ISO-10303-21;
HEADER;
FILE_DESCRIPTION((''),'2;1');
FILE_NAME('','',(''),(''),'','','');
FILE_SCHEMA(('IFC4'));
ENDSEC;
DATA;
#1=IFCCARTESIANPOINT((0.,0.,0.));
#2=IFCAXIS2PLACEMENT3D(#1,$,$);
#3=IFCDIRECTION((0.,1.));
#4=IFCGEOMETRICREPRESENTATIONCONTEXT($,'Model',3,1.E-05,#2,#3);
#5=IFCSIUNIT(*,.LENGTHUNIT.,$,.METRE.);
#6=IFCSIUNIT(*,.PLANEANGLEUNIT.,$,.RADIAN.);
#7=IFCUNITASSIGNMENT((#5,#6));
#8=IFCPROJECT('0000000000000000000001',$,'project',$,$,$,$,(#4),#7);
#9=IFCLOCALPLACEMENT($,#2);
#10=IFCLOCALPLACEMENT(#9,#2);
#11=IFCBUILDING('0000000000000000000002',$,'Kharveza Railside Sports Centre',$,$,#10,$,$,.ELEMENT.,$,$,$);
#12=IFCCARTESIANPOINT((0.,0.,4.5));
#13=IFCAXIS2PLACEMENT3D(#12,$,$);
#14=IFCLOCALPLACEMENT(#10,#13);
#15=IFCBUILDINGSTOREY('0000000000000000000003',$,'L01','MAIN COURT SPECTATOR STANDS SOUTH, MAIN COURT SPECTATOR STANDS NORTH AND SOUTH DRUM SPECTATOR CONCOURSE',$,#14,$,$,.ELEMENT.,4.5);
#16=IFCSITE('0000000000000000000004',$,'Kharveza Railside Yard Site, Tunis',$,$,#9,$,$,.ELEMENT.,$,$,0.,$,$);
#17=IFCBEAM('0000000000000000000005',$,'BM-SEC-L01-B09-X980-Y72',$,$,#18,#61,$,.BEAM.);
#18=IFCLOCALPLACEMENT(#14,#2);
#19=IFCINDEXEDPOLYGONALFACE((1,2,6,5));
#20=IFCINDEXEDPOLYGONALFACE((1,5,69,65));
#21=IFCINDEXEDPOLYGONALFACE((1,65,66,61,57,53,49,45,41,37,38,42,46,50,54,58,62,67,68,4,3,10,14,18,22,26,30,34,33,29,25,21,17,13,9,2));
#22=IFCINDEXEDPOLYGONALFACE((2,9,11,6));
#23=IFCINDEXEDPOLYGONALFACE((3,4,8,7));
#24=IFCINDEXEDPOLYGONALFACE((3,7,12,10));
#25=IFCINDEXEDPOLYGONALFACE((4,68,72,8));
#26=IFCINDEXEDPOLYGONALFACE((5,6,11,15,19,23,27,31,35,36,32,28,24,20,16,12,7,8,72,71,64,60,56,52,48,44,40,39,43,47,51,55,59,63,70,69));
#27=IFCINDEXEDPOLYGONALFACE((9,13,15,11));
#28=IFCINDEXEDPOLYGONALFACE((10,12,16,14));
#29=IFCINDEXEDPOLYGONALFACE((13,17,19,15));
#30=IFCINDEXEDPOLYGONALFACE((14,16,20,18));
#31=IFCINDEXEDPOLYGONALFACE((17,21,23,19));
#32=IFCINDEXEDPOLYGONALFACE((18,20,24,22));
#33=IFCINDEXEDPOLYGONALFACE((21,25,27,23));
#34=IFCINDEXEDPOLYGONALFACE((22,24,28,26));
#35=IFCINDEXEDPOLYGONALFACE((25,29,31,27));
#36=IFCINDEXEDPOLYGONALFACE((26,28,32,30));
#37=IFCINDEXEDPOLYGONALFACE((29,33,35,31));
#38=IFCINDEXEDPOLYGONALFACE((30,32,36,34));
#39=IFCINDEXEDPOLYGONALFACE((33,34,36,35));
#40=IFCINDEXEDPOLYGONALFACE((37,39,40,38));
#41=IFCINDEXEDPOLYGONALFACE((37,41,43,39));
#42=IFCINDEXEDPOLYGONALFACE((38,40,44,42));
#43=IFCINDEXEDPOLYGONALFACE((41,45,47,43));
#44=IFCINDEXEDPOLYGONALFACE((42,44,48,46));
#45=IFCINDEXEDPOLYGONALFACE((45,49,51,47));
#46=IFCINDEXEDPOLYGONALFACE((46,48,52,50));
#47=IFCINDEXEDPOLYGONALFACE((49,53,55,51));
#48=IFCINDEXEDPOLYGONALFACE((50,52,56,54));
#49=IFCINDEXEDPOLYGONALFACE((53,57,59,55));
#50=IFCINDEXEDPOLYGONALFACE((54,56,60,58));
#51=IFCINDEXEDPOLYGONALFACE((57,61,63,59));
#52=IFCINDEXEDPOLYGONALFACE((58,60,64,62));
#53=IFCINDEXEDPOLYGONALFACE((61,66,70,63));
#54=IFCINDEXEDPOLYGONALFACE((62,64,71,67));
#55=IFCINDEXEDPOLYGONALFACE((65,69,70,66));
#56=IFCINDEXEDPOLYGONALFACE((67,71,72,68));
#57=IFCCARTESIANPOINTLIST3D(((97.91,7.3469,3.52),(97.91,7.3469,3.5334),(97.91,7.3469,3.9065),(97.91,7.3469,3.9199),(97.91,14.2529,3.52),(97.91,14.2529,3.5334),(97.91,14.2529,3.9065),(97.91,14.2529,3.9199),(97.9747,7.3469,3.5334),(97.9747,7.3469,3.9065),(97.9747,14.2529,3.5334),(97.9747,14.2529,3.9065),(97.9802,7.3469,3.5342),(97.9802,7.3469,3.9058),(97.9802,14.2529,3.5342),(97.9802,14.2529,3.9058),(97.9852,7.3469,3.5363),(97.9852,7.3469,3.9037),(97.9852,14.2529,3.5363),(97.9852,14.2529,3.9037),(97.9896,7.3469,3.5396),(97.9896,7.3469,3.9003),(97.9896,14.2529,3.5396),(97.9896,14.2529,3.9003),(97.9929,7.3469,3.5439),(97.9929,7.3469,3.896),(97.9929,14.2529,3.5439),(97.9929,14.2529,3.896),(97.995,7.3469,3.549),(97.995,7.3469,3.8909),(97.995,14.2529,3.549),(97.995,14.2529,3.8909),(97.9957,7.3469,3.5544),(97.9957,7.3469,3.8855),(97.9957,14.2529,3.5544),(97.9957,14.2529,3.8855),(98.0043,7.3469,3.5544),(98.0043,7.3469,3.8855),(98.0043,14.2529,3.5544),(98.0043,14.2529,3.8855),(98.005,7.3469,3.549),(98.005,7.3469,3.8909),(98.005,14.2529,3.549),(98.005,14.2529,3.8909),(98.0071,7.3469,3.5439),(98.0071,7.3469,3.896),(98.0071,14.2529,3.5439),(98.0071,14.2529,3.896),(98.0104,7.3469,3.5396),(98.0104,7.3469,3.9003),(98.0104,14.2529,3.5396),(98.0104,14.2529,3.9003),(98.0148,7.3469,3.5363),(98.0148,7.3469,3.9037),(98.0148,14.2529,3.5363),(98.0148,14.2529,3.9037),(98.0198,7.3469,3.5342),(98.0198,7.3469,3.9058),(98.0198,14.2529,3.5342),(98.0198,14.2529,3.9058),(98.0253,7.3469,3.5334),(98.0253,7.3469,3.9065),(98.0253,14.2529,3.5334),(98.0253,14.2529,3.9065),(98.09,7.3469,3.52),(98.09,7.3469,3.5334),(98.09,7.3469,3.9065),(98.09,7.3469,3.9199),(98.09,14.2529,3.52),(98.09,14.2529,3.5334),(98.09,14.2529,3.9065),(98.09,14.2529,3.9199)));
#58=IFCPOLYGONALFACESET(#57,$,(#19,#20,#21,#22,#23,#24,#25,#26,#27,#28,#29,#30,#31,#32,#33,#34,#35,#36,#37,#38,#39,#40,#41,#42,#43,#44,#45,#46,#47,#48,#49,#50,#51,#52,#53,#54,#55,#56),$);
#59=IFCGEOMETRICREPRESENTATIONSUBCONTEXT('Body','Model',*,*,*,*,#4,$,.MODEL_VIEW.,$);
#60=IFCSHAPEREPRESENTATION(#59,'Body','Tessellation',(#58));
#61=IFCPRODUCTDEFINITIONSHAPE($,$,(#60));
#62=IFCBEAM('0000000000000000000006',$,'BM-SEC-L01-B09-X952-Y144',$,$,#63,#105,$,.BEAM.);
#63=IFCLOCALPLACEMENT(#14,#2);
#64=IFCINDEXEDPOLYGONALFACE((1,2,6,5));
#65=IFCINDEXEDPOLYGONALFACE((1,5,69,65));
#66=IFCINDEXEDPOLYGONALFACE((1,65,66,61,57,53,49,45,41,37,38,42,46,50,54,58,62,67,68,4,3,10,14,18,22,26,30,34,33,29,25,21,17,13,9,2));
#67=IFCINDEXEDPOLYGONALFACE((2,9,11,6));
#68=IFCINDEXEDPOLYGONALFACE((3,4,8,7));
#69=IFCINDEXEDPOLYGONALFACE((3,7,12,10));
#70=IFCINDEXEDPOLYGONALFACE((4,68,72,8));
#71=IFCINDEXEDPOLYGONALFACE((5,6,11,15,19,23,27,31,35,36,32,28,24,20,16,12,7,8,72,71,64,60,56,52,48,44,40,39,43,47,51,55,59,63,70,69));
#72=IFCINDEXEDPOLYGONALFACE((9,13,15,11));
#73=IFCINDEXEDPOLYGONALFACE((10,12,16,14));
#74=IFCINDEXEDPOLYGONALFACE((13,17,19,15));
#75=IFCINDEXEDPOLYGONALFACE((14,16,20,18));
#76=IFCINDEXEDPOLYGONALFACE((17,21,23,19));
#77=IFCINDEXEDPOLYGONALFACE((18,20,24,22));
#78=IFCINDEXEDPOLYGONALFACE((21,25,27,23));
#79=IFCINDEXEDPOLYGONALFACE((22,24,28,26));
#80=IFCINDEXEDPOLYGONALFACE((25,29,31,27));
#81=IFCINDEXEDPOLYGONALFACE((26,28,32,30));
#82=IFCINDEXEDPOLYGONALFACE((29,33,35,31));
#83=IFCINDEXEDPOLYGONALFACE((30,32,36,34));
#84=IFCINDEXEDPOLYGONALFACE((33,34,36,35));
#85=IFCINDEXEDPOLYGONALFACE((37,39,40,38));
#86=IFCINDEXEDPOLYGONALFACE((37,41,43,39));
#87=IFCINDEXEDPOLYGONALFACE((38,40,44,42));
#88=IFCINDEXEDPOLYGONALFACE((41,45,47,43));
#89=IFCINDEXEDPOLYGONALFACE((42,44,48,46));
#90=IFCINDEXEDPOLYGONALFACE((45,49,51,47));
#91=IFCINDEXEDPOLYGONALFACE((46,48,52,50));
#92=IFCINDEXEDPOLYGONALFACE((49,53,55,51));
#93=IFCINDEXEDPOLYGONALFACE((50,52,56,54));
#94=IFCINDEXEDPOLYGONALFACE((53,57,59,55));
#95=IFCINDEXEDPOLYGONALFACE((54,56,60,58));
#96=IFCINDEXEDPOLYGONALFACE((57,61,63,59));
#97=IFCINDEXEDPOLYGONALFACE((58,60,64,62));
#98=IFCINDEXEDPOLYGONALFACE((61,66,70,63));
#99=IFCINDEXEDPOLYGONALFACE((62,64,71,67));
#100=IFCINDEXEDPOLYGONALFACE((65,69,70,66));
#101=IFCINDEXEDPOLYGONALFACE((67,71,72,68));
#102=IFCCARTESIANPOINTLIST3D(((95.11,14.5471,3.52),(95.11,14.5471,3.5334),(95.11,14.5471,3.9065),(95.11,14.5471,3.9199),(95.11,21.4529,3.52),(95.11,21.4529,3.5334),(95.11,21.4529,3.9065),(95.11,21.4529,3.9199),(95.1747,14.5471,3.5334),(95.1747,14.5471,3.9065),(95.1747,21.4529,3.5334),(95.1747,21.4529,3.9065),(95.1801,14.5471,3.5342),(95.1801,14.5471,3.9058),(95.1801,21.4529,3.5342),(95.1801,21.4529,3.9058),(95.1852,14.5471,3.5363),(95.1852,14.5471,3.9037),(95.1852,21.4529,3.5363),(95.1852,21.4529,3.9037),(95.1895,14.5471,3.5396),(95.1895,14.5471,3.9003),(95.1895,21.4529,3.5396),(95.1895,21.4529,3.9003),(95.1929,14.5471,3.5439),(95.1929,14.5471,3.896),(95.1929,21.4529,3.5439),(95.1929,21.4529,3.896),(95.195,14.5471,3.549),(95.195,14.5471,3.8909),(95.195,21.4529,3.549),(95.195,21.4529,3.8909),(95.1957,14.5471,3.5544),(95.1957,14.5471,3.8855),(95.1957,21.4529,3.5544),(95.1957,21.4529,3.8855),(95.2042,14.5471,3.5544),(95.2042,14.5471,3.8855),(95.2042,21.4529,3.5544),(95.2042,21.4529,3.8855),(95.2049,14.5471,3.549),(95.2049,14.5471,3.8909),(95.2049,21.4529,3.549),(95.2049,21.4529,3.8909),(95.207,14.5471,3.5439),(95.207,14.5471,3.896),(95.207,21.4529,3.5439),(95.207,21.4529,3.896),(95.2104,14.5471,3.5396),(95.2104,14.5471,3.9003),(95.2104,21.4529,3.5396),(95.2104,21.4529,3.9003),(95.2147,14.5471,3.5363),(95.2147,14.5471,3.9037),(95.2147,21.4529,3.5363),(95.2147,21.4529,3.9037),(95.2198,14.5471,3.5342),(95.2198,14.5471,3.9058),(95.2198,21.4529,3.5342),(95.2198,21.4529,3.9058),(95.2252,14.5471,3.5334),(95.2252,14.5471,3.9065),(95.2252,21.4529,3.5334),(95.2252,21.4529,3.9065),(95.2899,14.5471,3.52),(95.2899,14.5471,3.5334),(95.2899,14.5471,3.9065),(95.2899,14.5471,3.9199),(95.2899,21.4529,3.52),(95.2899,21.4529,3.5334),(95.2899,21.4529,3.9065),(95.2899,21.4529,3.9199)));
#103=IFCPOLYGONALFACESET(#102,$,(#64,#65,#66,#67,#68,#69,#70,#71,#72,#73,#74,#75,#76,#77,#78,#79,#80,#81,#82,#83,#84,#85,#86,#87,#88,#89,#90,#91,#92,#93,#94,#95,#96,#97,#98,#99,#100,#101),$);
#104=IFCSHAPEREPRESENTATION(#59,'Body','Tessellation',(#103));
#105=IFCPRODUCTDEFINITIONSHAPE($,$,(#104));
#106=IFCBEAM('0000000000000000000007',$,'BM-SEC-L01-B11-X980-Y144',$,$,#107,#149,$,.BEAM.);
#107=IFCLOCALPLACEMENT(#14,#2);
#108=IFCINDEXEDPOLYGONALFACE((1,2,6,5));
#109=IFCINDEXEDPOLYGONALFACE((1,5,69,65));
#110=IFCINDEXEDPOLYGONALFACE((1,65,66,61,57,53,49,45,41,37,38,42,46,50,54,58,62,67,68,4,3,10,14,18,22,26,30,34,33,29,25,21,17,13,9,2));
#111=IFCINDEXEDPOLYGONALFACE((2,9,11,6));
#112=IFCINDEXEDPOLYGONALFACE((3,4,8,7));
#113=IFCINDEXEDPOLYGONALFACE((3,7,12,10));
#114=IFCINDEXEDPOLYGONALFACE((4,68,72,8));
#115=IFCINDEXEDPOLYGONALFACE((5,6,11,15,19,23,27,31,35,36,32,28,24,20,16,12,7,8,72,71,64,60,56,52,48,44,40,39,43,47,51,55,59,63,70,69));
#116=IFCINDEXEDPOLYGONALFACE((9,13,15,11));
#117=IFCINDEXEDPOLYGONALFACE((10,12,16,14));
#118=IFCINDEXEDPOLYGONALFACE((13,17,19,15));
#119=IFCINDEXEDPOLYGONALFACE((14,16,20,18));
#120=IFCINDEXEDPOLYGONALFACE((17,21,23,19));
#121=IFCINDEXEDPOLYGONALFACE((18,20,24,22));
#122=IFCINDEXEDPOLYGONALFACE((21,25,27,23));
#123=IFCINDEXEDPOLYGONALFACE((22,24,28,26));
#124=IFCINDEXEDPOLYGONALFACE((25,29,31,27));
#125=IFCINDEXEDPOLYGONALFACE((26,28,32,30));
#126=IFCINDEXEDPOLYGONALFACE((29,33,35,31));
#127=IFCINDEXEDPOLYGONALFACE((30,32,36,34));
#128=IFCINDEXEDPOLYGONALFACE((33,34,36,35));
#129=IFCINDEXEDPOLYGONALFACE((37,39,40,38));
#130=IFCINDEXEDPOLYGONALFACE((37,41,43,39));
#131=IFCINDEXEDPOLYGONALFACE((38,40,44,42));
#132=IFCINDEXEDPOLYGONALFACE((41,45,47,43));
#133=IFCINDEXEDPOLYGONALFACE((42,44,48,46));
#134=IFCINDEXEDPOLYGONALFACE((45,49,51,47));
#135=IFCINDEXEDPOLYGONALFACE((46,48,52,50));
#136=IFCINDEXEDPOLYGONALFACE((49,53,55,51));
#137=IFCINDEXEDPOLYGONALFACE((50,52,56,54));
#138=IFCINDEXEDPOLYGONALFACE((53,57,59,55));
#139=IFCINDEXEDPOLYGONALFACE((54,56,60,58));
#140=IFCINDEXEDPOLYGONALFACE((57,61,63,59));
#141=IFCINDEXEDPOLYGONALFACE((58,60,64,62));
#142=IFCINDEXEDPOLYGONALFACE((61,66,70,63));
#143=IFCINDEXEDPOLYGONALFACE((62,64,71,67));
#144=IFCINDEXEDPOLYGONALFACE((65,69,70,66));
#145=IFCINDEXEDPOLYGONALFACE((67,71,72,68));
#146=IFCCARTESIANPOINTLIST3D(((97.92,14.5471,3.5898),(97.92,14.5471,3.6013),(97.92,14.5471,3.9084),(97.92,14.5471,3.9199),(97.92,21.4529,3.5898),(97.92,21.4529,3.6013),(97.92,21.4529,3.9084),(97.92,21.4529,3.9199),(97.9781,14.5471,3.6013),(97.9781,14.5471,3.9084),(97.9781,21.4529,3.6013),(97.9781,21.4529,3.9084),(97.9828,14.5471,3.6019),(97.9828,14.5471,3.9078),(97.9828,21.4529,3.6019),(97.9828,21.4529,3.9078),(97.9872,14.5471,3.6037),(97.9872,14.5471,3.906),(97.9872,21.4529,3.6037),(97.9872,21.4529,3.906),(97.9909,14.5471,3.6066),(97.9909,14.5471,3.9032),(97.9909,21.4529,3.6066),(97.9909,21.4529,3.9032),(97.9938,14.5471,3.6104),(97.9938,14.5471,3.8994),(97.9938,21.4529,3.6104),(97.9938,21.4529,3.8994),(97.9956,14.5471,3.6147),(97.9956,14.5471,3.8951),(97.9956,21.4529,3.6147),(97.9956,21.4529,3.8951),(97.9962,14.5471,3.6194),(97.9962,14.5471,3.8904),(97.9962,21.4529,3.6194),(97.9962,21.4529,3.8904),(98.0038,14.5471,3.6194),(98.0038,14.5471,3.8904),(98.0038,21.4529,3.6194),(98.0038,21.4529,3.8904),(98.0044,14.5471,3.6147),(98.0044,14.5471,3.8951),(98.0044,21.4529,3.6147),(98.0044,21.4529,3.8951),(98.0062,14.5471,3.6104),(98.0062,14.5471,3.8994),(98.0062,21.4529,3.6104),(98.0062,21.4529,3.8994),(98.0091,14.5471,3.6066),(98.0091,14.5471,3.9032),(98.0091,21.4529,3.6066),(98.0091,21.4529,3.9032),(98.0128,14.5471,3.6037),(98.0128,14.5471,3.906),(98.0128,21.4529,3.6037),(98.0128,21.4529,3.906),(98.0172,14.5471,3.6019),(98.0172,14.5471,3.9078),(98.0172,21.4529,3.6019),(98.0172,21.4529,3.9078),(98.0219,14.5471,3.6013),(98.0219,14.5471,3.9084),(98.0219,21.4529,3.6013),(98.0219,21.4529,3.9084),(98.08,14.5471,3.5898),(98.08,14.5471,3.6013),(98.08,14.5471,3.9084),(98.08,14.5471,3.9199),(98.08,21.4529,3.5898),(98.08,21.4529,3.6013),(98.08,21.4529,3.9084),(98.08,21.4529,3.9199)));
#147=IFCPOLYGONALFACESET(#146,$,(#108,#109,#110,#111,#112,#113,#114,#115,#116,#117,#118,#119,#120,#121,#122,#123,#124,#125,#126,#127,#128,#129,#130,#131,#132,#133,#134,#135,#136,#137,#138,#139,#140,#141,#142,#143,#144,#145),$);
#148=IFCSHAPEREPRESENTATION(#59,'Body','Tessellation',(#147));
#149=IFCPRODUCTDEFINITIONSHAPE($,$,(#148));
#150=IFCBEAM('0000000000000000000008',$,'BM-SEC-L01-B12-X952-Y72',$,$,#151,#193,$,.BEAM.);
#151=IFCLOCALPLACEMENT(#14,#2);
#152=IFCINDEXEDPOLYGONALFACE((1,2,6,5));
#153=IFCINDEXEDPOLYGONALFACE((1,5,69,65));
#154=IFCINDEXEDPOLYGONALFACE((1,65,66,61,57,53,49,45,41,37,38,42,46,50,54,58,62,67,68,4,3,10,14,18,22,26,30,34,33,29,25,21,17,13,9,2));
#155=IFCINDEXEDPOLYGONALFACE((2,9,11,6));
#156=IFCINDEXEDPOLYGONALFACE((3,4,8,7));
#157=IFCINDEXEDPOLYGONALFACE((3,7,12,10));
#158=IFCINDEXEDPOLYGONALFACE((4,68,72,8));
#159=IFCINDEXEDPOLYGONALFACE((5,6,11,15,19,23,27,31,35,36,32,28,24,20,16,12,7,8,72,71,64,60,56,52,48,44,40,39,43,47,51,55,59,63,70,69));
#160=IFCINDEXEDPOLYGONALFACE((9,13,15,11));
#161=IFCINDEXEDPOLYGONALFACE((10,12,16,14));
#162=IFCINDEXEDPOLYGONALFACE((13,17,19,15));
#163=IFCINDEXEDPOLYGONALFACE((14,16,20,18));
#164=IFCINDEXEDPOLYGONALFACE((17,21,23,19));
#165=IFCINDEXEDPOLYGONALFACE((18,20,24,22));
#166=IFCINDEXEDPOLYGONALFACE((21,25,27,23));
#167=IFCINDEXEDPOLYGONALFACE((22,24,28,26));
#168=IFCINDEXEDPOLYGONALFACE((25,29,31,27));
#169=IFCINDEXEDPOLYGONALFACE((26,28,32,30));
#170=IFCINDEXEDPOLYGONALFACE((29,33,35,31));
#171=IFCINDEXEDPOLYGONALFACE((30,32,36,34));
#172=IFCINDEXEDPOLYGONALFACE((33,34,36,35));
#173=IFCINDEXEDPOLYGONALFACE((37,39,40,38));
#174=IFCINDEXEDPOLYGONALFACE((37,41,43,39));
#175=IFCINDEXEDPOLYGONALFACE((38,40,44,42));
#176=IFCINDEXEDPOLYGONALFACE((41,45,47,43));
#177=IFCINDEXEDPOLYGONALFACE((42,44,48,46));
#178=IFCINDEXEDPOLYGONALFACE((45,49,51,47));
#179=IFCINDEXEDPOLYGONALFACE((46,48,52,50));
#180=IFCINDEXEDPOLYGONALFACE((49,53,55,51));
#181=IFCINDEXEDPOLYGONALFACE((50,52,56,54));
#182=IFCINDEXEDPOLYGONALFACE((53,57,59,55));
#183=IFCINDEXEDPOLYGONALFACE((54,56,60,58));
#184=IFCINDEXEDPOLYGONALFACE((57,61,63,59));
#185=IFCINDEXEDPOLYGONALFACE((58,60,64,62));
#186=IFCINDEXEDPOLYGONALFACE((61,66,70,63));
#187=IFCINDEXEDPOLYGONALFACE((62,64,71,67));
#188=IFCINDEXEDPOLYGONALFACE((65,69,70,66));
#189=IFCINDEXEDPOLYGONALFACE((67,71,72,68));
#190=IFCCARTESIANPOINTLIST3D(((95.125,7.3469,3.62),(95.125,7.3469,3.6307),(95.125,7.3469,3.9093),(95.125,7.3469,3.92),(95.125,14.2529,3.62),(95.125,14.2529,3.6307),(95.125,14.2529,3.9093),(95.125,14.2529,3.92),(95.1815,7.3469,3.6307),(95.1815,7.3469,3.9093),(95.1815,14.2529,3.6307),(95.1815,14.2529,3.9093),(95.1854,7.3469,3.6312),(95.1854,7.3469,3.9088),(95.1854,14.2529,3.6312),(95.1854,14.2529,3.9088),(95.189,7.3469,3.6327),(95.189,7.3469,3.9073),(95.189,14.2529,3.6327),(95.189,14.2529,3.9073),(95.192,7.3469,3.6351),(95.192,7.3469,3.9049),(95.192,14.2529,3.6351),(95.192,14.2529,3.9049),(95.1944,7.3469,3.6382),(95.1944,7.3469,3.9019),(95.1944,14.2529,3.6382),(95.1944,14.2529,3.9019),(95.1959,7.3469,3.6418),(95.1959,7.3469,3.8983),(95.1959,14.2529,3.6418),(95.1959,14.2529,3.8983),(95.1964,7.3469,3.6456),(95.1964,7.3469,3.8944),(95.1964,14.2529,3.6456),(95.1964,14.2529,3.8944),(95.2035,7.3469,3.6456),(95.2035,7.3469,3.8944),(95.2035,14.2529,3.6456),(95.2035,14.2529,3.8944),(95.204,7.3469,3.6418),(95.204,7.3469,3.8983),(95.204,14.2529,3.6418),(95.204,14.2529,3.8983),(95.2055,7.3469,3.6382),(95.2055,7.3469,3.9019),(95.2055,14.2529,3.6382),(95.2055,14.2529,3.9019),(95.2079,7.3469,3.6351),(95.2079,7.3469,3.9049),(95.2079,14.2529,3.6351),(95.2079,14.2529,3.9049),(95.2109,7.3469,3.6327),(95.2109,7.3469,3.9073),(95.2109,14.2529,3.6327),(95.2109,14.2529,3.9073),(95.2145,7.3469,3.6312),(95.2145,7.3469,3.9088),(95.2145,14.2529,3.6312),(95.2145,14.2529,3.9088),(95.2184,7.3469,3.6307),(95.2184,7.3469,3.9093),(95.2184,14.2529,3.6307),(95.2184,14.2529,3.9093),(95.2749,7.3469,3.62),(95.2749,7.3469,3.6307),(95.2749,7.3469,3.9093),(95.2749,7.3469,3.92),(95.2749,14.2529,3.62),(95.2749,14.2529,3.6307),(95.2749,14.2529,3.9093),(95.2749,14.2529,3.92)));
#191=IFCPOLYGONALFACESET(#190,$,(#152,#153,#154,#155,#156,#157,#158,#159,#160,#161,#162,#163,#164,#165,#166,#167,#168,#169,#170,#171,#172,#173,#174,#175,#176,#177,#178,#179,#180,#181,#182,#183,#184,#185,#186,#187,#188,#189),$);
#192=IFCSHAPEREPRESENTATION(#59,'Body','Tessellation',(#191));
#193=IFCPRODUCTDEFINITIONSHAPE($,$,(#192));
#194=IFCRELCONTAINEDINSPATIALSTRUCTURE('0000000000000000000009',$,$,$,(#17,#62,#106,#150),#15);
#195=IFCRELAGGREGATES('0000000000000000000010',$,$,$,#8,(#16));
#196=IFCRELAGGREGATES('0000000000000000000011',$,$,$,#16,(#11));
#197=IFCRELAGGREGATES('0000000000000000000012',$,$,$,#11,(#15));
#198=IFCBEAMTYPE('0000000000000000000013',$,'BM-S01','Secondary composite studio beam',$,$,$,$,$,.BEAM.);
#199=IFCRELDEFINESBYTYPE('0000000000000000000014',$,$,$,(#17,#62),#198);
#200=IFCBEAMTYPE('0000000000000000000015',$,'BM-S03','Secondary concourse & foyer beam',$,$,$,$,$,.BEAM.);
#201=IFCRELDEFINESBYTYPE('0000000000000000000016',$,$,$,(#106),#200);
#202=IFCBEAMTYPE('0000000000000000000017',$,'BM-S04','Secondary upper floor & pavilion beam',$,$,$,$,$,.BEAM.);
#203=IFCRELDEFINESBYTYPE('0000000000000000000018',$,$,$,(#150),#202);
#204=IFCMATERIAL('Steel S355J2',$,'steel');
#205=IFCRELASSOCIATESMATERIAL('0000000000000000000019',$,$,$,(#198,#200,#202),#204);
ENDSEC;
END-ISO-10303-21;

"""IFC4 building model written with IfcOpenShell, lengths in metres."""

from ifc_helpers import new_model, si_unit, direction, frame, origin, origin_2d, place, context, subcontext, project, spatial, i_section, extrude, material, material_profile, profile_set, type_object, element, save


model = new_model("IFC4")

# Units and contexts
model_context = context("Model", 3, precision=1e-05, world=origin(), true_north=direction((0.0, 1.0)))
body_context = subcontext(model_context, "Body", "Model", "MODEL_VIEW")
ifc_project = project(units=[si_unit("LENGTHUNIT", "METRE"), si_unit("PLANEANGLEUNIT", "RADIAN")], contexts=[model_context])

# Site, building, storey
site_placement = place(None, origin())
site = spatial("IfcSite", under=ifc_project, at=site_placement, Name="Kharveza Railside Yard Site, Tunis", CompositionType="ELEMENT", RefElevation=0.0)
building_placement = place(site_placement, origin())
building = spatial("IfcBuilding", under=site, at=building_placement, Name="Kharveza Railside Sports Centre", CompositionType="ELEMENT")
storey_placement = place(building_placement, frame((0.0, 0.0, 4.5)))
storey = spatial("IfcBuildingStorey", under=building, at=storey_placement, Name="L01", Description="MAIN COURT SPECTATOR STANDS SOUTH, MAIN COURT SPECTATOR STANDS NORTH AND SOUTH DRUM SPECTATOR CONCOURSE", CompositionType="ELEMENT", Elevation=4.5)

# Shared definitions
ifc_material_1 = material(Name="Steel S355J2", Category="steel")

# Beams
ifc_material_profile_1 = material_profile(ifc_material_1, i_section(OverallWidth=0.1799, OverallDepth=0.3999, WebThickness=0.0085, FlangeThickness=0.0134, FilletRadius=0.021, at=origin_2d()), Name="IPE 400")
ifc_profile_set_1 = profile_set([ifc_material_profile_1], Name="Steel S355J2")
beam_type_1 = type_object("IfcBeamType", Name="BM-S01", Description="Secondary composite studio beam", PredefinedType="BEAM", material=ifc_profile_set_1)
beam_1_placement = place(storey_placement, frame((98.0, 7.3469, 3.72), z_axis=(0.0, 1.0, 0.0), x_axis=(-1.0, 0.0, 0.0)))
element("IfcBeam", 1, at=beam_1_placement, inside=storey, type_object=beam_type_1, Name="BM-SEC-L01-B09-X980-Y72", PredefinedType="BEAM", context=body_context, shape_type="SweptSolid", body=[
    extrude(i_section(OverallWidth=0.1799, OverallDepth=0.3999, WebThickness=0.0085, FlangeThickness=0.0134, FilletRadius=0.021, at=origin_2d()), origin(), (0.0, 0.0, 1.0), 6.906),
])
beam_2_placement = place(storey_placement, frame((95.2, 14.5471, 3.72), z_axis=(0.0, 1.0, 0.0), x_axis=(-1.0, 0.0, 0.0)))
element("IfcBeam", 2, at=beam_2_placement, inside=storey, type_object=beam_type_1, Name="BM-SEC-L01-B09-X952-Y144", PredefinedType="BEAM", context=body_context, shape_type="SweptSolid", body=[
    extrude(i_section(OverallWidth=0.1799, OverallDepth=0.3999, WebThickness=0.0085, FlangeThickness=0.0134, FilletRadius=0.021, at=origin_2d()), origin(), (0.0, 0.0, 1.0), 6.9058),
])
ifc_material_profile_2 = material_profile(ifc_material_1, i_section(OverallWidth=0.1599, OverallDepth=0.3301, WebThickness=0.0076, FlangeThickness=0.0115, FilletRadius=0.0181, at=origin_2d()), Name="IPE 330")
ifc_profile_set_2 = profile_set([ifc_material_profile_2], Name="Steel S355J2")
beam_type_2 = type_object("IfcBeamType", Name="BM-S03", Description="Secondary concourse & foyer beam", PredefinedType="BEAM", material=ifc_profile_set_2)
beam_3_placement = place(storey_placement, frame((98.0, 14.5471, 3.7549), z_axis=(0.0, 1.0, 0.0), x_axis=(-1.0, 0.0, 0.0)))
element("IfcBeam", 3, at=beam_3_placement, inside=storey, type_object=beam_type_2, Name="BM-SEC-L01-B11-X980-Y144", PredefinedType="BEAM", context=body_context, shape_type="SweptSolid", body=[
    extrude(i_section(OverallWidth=0.1599, OverallDepth=0.3301, WebThickness=0.0076, FlangeThickness=0.0115, FilletRadius=0.0181, at=origin_2d()), origin(), (0.0, 0.0, 1.0), 6.9058),
])
ifc_material_profile_3 = material_profile(ifc_material_1, i_section(OverallWidth=0.1499, OverallDepth=0.3, WebThickness=0.0071, FlangeThickness=0.0107, FilletRadius=0.0149, at=origin_2d()), Name="IPE 300")
ifc_profile_set_3 = profile_set([ifc_material_profile_3], Name="Steel S355J2")
beam_type_3 = type_object("IfcBeamType", Name="BM-S04", Description="Secondary upper floor & pavilion beam", PredefinedType="BEAM", material=ifc_profile_set_3)
for number, where, z_axis, x_axis, name in (
    (4, (95.2, 7.3469, 3.77), (0.0, 1.0, 0.0), (-1.0, 0.0, 0.0), "BM-SEC-L01-B12-X952-Y72"),
):
    element("IfcBeam", number, at=place(storey_placement, frame(where, z_axis=z_axis, x_axis=x_axis)), inside=storey, type_object=beam_type_3, Name=name, PredefinedType="BEAM", context=body_context, shape_type="SweptSolid", body=[
        extrude(i_section(OverallWidth=0.1499, OverallDepth=0.3, WebThickness=0.0071, FlangeThickness=0.0107, FilletRadius=0.0149, at=origin_2d()), origin(), (0.0, 0.0, 1.0), 6.906),
    ])

save(model, "model.ifc")
